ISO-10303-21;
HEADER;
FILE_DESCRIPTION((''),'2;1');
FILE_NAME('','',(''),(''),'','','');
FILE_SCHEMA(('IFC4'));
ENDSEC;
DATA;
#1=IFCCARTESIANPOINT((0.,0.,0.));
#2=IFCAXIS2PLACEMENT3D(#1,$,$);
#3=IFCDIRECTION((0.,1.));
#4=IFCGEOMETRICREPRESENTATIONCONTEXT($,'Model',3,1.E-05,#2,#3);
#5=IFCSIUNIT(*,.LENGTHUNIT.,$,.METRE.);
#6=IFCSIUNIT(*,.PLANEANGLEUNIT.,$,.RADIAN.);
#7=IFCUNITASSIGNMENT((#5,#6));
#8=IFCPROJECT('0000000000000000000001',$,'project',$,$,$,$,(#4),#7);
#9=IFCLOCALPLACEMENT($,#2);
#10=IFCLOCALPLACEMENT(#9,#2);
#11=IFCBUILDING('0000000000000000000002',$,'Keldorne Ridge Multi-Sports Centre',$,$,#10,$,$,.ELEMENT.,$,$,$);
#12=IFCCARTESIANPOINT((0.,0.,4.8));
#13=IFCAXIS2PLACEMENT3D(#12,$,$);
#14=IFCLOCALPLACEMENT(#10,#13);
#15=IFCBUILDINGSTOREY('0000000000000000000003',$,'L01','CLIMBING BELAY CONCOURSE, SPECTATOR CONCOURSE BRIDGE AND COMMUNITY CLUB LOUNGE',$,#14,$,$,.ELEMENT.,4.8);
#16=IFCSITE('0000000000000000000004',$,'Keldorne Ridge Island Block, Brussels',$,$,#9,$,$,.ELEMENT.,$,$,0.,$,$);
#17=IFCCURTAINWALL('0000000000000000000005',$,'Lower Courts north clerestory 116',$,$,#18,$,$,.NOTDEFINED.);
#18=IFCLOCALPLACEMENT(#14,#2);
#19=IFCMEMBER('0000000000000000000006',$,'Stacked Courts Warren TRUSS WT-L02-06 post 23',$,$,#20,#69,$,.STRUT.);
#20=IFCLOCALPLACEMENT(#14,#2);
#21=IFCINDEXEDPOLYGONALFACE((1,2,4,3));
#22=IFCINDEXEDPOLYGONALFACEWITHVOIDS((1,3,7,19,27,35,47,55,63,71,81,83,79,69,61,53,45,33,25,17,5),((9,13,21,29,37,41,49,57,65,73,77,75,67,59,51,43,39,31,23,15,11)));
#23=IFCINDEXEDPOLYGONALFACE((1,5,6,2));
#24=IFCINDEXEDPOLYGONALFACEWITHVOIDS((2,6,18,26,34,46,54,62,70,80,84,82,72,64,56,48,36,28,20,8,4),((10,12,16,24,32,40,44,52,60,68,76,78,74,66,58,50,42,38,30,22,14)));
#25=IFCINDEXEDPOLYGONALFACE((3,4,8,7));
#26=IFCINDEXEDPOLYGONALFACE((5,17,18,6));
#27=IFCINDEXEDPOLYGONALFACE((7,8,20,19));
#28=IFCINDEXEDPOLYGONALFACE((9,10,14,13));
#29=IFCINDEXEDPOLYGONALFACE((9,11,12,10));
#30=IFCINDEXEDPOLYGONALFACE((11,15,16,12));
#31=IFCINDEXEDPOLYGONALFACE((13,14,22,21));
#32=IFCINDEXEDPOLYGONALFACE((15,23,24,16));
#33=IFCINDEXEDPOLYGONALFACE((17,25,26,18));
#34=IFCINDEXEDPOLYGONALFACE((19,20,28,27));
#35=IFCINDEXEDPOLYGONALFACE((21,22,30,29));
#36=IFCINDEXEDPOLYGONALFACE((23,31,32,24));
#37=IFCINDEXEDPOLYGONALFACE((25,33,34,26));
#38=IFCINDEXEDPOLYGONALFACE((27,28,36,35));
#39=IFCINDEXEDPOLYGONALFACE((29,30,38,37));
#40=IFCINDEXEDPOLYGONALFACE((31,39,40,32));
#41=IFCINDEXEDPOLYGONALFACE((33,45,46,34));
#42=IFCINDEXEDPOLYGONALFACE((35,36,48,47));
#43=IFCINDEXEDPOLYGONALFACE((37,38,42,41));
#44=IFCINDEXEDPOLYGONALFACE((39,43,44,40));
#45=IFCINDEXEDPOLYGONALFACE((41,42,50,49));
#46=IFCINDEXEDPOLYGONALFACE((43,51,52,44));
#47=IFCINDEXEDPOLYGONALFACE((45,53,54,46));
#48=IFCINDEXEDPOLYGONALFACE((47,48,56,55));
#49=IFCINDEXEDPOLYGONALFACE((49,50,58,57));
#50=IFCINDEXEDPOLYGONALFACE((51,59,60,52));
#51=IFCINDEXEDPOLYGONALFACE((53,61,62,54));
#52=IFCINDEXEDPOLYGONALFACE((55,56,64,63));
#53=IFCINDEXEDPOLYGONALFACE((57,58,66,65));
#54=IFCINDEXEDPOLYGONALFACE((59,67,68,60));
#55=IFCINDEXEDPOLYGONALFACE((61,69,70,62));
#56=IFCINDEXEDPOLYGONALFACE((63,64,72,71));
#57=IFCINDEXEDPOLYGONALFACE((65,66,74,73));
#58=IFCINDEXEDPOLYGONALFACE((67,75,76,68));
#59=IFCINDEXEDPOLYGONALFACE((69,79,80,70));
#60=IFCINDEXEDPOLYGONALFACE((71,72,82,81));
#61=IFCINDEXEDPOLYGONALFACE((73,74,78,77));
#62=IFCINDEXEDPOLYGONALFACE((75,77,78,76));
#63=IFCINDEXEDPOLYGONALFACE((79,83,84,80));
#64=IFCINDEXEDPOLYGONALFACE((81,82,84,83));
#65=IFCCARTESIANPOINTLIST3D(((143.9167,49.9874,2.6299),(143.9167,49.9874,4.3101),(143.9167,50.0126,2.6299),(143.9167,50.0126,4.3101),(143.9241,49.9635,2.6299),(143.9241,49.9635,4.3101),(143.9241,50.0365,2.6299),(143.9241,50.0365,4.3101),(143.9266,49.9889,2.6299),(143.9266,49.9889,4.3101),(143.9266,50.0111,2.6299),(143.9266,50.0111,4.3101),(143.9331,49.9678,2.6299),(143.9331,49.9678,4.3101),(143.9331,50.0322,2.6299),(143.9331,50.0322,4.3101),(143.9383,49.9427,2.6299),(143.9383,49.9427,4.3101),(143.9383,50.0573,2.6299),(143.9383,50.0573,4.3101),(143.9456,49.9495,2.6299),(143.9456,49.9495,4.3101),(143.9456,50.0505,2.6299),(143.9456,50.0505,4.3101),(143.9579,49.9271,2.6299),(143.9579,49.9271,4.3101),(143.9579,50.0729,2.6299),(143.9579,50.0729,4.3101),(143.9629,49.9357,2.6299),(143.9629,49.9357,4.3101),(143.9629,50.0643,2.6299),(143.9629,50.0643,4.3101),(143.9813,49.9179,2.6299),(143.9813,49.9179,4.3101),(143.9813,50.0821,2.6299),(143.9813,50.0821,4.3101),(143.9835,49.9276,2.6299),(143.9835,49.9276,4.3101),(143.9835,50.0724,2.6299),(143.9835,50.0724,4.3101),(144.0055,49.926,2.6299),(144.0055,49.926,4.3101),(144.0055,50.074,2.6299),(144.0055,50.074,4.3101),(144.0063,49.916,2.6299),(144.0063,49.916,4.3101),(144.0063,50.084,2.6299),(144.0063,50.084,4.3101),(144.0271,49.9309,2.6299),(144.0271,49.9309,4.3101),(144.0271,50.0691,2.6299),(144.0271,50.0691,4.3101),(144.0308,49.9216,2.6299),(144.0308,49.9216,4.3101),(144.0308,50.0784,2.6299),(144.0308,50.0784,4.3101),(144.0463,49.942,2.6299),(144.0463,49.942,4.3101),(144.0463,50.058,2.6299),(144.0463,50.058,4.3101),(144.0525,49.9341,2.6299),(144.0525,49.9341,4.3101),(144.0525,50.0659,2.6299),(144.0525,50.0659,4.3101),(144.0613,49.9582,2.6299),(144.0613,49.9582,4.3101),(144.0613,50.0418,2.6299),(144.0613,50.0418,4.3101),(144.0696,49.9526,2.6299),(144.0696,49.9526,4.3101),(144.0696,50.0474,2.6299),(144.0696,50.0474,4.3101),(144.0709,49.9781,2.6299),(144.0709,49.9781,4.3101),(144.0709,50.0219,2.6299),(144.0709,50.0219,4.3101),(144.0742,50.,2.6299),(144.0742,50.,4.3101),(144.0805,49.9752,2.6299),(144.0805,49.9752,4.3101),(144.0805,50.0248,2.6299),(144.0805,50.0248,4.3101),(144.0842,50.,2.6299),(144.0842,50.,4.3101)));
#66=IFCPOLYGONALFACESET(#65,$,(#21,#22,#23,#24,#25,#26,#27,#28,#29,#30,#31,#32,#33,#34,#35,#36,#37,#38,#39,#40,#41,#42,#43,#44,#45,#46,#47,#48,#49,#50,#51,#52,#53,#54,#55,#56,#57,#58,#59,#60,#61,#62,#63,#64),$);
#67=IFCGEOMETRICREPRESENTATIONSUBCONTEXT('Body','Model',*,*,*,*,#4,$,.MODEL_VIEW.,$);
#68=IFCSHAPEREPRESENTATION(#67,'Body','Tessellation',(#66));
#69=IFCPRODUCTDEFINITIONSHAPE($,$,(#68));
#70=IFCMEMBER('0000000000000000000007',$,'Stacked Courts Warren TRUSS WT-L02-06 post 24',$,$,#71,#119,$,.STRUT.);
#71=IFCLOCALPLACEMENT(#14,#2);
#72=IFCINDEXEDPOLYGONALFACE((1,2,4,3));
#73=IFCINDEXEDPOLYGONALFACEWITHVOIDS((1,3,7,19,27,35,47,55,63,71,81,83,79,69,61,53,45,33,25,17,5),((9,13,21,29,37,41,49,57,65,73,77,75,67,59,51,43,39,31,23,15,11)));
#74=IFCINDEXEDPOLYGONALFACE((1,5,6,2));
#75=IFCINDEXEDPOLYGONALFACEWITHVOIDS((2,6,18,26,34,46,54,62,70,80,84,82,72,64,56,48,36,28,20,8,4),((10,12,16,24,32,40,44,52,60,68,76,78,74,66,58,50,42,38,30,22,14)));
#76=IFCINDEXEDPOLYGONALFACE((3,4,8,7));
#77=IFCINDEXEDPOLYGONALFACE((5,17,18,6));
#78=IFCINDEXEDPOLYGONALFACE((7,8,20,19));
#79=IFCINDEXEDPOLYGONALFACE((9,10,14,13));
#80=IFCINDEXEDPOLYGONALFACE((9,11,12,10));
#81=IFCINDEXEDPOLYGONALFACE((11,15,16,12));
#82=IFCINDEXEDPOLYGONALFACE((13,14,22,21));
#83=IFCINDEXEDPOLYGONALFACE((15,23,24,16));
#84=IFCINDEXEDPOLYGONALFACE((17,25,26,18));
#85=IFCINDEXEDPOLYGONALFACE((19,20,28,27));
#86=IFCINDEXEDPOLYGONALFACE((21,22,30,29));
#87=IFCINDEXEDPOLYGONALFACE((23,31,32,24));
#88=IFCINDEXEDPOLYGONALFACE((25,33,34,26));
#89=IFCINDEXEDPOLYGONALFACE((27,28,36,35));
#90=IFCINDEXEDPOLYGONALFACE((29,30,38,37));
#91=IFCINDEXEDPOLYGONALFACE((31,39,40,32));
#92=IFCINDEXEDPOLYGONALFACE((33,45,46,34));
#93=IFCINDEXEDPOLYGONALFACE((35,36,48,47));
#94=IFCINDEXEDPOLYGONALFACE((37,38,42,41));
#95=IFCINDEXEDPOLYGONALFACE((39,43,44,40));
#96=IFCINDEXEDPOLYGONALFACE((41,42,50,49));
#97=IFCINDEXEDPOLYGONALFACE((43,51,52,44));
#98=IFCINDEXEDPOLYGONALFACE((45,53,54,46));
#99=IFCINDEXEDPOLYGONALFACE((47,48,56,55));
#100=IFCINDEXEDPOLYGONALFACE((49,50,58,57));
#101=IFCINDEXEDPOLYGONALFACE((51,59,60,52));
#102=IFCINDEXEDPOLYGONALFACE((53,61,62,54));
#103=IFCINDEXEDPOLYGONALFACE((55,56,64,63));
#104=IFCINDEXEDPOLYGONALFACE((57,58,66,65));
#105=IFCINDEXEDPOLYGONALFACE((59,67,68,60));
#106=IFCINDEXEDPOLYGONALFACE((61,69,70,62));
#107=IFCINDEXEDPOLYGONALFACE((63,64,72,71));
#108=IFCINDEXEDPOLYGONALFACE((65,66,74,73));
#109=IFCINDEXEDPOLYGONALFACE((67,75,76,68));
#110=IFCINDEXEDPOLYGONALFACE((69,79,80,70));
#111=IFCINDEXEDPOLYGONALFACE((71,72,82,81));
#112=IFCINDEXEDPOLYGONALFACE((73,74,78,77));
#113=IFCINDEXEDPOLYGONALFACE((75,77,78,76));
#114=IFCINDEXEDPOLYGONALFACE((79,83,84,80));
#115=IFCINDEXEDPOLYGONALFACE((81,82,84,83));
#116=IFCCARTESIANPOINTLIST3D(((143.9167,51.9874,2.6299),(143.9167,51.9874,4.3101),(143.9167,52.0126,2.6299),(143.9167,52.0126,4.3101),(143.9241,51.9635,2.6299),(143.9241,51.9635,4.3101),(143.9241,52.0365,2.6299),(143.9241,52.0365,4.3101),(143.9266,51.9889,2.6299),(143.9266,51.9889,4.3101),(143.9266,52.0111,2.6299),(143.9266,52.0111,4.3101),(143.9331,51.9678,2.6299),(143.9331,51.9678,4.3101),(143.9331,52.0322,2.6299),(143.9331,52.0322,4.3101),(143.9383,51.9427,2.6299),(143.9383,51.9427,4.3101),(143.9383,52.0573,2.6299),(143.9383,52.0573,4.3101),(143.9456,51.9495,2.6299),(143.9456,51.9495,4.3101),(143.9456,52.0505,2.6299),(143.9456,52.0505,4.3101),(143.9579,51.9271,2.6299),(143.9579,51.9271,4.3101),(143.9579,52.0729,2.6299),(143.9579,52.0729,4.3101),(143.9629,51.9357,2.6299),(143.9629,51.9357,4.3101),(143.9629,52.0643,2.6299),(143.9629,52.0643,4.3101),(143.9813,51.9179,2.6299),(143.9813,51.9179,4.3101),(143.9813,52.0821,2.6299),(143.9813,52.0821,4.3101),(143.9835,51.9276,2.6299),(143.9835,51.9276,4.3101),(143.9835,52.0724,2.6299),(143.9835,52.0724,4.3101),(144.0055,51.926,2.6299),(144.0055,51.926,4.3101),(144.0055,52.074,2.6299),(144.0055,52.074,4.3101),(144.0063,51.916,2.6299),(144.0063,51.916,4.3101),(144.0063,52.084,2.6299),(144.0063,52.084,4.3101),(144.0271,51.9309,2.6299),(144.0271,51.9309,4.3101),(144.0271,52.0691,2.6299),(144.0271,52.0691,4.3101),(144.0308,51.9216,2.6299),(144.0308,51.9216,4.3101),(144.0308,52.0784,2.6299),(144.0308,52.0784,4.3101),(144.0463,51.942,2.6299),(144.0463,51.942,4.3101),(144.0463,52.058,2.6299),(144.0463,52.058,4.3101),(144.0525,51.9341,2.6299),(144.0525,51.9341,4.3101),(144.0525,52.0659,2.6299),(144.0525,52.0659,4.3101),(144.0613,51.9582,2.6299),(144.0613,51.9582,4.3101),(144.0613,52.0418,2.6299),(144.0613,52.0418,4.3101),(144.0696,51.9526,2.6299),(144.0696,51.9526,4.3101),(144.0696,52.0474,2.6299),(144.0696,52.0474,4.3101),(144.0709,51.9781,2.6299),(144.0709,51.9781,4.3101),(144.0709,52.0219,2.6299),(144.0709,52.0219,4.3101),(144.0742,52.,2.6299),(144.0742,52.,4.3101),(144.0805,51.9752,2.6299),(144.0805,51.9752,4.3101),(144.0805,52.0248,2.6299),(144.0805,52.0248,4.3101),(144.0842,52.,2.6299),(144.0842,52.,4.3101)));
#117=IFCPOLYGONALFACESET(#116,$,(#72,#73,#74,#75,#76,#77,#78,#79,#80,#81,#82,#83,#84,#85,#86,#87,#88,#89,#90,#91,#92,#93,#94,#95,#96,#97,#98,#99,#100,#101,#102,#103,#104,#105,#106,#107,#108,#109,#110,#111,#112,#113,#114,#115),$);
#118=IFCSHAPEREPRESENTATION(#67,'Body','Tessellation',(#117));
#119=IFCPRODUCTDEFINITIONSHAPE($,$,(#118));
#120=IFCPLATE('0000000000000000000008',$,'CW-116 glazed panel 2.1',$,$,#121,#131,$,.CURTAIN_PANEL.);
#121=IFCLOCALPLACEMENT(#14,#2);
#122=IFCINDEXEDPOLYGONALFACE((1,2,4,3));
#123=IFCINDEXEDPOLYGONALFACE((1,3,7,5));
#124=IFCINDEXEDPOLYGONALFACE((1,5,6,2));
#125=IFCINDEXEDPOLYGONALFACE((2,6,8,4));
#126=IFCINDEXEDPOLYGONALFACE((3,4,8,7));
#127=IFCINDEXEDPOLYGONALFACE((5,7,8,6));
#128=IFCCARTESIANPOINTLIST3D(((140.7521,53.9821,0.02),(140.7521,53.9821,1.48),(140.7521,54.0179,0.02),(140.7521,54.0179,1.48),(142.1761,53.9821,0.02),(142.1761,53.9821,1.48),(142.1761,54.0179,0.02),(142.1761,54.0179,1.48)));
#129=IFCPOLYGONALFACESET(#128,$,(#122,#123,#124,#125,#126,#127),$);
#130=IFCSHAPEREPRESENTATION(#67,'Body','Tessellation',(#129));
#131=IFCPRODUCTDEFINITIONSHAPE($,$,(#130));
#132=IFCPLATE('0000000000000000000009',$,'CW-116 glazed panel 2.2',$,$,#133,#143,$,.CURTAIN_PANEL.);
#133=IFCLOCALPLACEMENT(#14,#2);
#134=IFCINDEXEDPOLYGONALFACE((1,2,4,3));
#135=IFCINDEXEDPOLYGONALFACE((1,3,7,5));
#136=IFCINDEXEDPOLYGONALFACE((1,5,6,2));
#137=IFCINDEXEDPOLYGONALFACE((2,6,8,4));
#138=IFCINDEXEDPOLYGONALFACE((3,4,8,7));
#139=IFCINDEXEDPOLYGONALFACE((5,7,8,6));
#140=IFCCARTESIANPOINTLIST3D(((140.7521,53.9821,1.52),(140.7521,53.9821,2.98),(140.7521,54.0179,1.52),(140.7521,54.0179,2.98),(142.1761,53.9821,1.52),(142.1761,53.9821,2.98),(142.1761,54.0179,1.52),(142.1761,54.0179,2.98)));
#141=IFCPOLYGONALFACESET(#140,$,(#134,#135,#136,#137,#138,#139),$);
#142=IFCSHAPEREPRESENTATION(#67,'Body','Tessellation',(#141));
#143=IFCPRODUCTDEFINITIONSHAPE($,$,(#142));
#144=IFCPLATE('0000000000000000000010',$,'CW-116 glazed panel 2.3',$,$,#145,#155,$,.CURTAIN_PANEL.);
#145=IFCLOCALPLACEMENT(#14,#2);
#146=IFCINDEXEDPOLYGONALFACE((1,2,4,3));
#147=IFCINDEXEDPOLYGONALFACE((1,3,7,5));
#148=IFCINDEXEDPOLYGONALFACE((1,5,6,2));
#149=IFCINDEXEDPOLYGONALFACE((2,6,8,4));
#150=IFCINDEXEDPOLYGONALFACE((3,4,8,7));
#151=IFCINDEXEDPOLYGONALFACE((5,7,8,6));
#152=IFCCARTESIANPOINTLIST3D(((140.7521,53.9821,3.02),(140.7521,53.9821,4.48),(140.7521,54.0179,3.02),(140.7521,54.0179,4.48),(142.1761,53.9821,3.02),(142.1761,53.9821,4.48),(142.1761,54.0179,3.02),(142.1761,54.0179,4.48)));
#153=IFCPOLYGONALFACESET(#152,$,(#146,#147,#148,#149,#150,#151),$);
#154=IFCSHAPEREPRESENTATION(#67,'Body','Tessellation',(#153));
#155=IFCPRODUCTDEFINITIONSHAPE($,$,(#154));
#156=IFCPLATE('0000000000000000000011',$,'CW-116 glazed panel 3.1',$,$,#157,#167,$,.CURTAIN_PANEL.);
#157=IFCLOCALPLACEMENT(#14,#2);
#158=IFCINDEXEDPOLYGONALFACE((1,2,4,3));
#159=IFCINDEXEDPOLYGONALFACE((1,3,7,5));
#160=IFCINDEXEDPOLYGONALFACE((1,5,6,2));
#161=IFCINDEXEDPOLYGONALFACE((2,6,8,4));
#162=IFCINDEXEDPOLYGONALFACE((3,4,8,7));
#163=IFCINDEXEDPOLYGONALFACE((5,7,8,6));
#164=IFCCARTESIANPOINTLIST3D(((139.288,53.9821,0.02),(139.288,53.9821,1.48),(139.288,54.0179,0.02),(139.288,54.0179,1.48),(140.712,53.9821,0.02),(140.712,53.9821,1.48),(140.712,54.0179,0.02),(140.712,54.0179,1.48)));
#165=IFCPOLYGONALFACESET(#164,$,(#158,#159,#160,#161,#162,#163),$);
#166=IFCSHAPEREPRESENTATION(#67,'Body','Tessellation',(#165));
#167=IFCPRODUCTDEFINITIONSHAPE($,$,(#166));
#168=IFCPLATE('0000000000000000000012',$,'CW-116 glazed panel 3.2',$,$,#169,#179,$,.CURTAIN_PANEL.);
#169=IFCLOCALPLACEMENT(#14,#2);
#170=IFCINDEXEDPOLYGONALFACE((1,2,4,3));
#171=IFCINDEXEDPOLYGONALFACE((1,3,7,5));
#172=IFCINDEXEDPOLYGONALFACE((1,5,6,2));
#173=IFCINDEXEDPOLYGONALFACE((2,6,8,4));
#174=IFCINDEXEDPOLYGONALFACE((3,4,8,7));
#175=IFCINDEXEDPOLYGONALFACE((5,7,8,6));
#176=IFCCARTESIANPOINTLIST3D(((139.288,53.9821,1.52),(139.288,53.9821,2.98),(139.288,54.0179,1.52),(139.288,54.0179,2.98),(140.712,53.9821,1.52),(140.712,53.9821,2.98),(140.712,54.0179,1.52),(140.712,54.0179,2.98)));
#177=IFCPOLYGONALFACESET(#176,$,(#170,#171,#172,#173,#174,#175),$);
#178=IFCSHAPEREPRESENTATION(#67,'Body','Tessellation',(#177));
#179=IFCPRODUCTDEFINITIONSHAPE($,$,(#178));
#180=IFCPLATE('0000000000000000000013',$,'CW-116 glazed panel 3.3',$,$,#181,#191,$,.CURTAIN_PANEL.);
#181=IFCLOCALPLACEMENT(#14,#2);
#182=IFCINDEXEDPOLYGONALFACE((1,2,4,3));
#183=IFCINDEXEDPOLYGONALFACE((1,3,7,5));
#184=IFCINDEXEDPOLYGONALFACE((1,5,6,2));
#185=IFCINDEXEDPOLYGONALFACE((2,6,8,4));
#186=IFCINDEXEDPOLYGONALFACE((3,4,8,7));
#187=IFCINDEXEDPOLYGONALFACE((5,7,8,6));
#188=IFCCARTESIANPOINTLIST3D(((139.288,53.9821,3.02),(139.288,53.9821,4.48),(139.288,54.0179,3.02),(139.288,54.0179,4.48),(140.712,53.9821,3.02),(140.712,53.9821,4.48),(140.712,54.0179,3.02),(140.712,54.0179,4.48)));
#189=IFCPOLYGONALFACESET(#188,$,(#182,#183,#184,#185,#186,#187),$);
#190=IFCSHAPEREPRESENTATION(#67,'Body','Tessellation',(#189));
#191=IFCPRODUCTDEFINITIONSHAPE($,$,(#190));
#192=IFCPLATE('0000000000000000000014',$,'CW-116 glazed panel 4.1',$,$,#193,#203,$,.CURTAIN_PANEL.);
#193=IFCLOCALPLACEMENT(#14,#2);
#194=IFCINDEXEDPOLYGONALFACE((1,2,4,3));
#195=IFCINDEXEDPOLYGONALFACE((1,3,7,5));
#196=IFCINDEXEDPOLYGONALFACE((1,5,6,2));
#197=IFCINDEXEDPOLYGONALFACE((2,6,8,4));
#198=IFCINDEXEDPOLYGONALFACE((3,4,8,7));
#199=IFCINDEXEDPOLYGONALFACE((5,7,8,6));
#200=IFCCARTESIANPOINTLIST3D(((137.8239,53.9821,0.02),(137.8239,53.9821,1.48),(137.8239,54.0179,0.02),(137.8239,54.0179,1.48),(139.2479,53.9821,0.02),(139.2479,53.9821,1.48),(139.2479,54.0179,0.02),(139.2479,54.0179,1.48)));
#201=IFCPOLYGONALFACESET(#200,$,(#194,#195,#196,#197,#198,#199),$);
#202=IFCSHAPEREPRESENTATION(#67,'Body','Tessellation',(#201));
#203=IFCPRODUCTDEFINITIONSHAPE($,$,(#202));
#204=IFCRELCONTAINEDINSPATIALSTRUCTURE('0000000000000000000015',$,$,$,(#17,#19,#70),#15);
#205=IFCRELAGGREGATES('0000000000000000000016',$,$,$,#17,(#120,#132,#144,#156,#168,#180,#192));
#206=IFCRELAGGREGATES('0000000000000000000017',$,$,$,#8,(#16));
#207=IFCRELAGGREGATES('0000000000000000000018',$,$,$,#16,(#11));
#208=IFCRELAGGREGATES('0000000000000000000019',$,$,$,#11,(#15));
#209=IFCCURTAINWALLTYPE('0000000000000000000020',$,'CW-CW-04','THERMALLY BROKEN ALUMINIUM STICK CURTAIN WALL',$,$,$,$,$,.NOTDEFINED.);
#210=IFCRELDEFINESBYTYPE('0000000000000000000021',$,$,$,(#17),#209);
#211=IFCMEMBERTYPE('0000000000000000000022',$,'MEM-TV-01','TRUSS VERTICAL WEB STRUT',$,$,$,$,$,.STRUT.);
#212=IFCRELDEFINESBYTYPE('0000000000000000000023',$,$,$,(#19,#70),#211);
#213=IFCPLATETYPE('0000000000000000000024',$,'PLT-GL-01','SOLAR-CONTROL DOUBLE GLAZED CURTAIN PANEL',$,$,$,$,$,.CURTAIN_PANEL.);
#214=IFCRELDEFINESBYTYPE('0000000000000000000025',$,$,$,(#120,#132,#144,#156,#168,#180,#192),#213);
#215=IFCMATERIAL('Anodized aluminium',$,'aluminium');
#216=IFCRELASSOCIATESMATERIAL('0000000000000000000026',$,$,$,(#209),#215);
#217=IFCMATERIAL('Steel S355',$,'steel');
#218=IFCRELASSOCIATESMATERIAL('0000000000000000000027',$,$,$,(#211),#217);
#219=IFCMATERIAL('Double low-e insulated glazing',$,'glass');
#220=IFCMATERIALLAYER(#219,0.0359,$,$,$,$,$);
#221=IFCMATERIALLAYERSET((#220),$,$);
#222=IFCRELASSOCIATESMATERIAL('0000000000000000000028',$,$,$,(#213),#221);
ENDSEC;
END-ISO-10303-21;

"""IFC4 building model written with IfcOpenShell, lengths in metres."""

from ifc_helpers import new_model, si_unit, direction, frame, origin, origin_2d, place, context, subcontext, project, spatial, rectangle, hollow_circle, extrude, material, layer, layer_set, material_profile, profile_set, type_object, element, aggregate, save


model = new_model("IFC4")

# Units and contexts
model_context = context("Model", 3, precision=1e-05, world=origin(), true_north=direction((0.0, 1.0)))
body_context = subcontext(model_context, "Body", "Model", "MODEL_VIEW")
ifc_project = project(units=[si_unit("LENGTHUNIT", "METRE"), si_unit("PLANEANGLEUNIT", "RADIAN")], contexts=[model_context])

# Site, building, storey
site_placement = place(None, origin())
site = spatial("IfcSite", under=ifc_project, at=site_placement, Name="Keldorne Ridge Island Block, Brussels", CompositionType="ELEMENT", RefElevation=0.0)
building_placement = place(site_placement, origin())
building = spatial("IfcBuilding", under=site, at=building_placement, Name="Keldorne Ridge Multi-Sports Centre", CompositionType="ELEMENT")
storey_placement = place(building_placement, frame((0.0, 0.0, 4.8)))
storey = spatial("IfcBuildingStorey", under=building, at=storey_placement, Name="L01", Description="CLIMBING BELAY CONCOURSE, SPECTATOR CONCOURSE BRIDGE AND COMMUNITY CLUB LOUNGE", CompositionType="ELEMENT", Elevation=4.8)

# Curtain wall
ifc_material_1 = material(Name="Anodized aluminium", Category="aluminium")
curtain_wall_type = type_object("IfcCurtainWallType", Name="CW-CW-04", Description="THERMALLY BROKEN ALUMINIUM STICK CURTAIN WALL", PredefinedType="NOTDEFINED", material=ifc_material_1)
curtain_wall_placement = place(storey_placement, origin())
curtain_wall = element("IfcCurtainWall", 1, at=curtain_wall_placement, inside=storey, type_object=curtain_wall_type, Name="Lower Courts north clerestory 116", PredefinedType="NOTDEFINED")

# Shared definitions
ifc_material_2 = material(Name="Steel S355", Category="steel")

# Members
ifc_material_profile_1 = material_profile(ifc_material_2, hollow_circle(Radius=0.0842, WallThickness=0.01, at=origin_2d()), Name="CHS 168.3x10")
ifc_profile_set_1 = profile_set([ifc_material_profile_1], Name="Steel S355")
member_type_1 = type_object("IfcMemberType", Name="MEM-TV-01", Description="TRUSS VERTICAL WEB STRUT", PredefinedType="STRUT", material=ifc_profile_set_1)
for number, where, z_axis, x_axis, name in (
    (2, (144.0, 50.0, 2.6299), (0.0, 0.0, 1.0), (1.0, 0.0, 0.0), "Stacked Courts Warren TRUSS WT-L02-06 post 23"),
    (3, (144.0, 52.0, 2.6299), (0.0, 0.0, 1.0), (1.0, 0.0, 0.0), "Stacked Courts Warren TRUSS WT-L02-06 post 24"),
):
    element("IfcMember", number, at=place(storey_placement, frame(where, z_axis=z_axis, x_axis=x_axis)), inside=storey, type_object=member_type_1, Name=name, PredefinedType="STRUT", context=body_context, shape_type="SweptSolid", body=[
        extrude(hollow_circle(Radius=0.0842, WallThickness=0.01, at=origin_2d()), origin(), (0.0, 0.0, 1.0), 1.6802),
    ])

# Plates
ifc_material_3 = material(Name="Double low-e insulated glazing", Category="glass")
ifc_layer = layer(ifc_material_3, 0.0359)
ifc_layer_set = layer_set([ifc_layer])
plate_type = type_object("IfcPlateType", Name="PLT-GL-01", Description="SOLAR-CONTROL DOUBLE GLAZED CURTAIN PANEL", PredefinedType="CURTAIN_PANEL", material=ifc_layer_set)
plate_1_placement = place(storey_placement, frame((141.4641, 54.0, 0.02), z_axis=(0.0, 0.0, 1.0), x_axis=(-1.0, 0.0, 0.0)))
plate_1 = element("IfcPlate", 4, at=plate_1_placement, type_object=plate_type, Name="CW-116 glazed panel 2.1", PredefinedType="CURTAIN_PANEL", context=body_context, shape_type="SweptSolid", body=[
    extrude(rectangle(XDim=1.4241, YDim=0.0359, at=origin_2d()), origin(), (0.0, 0.0, 1.0), 1.46),
])
plate_2_placement = place(storey_placement, frame((141.4641, 54.0, 1.52), z_axis=(0.0, 0.0, 1.0), x_axis=(-1.0, 0.0, 0.0)))
plate_2 = element("IfcPlate", 5, at=plate_2_placement, type_object=plate_type, Name="CW-116 glazed panel 2.2", PredefinedType="CURTAIN_PANEL", context=body_context, shape_type="SweptSolid", body=[
    extrude(rectangle(XDim=1.4241, YDim=0.0359, at=origin_2d()), origin(), (0.0, 0.0, 1.0), 1.46),
])
plate_3_placement = place(storey_placement, frame((141.4641, 54.0, 3.02), z_axis=(0.0, 0.0, 1.0), x_axis=(-1.0, 0.0, 0.0)))
plate_3 = element("IfcPlate", 6, at=plate_3_placement, type_object=plate_type, Name="CW-116 glazed panel 2.3", PredefinedType="CURTAIN_PANEL", context=body_context, shape_type="SweptSolid", body=[
    extrude(rectangle(XDim=1.4241, YDim=0.0359, at=origin_2d()), origin(), (0.0, 0.0, 1.0), 1.46),
])
plate_4_placement = place(storey_placement, frame((140.0, 54.0, 0.02), z_axis=(0.0, 0.0, 1.0), x_axis=(-1.0, 0.0, 0.0)))
plate_4 = element("IfcPlate", 7, at=plate_4_placement, type_object=plate_type, Name="CW-116 glazed panel 3.1", PredefinedType="CURTAIN_PANEL", context=body_context, shape_type="SweptSolid", body=[
    extrude(rectangle(XDim=1.4241, YDim=0.0359, at=origin_2d()), origin(), (0.0, 0.0, 1.0), 1.46),
])
plate_5_placement = place(storey_placement, frame((140.0, 54.0, 1.52), z_axis=(0.0, 0.0, 1.0), x_axis=(-1.0, 0.0, 0.0)))
plate_5 = element("IfcPlate", 8, at=plate_5_placement, type_object=plate_type, Name="CW-116 glazed panel 3.2", PredefinedType="CURTAIN_PANEL", context=body_context, shape_type="SweptSolid", body=[
    extrude(rectangle(XDim=1.4241, YDim=0.0359, at=origin_2d()), origin(), (0.0, 0.0, 1.0), 1.46),
])
plate_6_placement = place(storey_placement, frame((140.0, 54.0, 3.02), z_axis=(0.0, 0.0, 1.0), x_axis=(-1.0, 0.0, 0.0)))
plate_6 = element("IfcPlate", 9, at=plate_6_placement, type_object=plate_type, Name="CW-116 glazed panel 3.3", PredefinedType="CURTAIN_PANEL", context=body_context, shape_type="SweptSolid", body=[
    extrude(rectangle(XDim=1.4241, YDim=0.0359, at=origin_2d()), origin(), (0.0, 0.0, 1.0), 1.46),
])
plate_7_placement = place(storey_placement, frame((138.5359, 54.0, 0.02), z_axis=(0.0, 0.0, 1.0), x_axis=(-1.0, 0.0, 0.0)))
plate_7 = element("IfcPlate", 10, at=plate_7_placement, type_object=plate_type, Name="CW-116 glazed panel 4.1", PredefinedType="CURTAIN_PANEL", context=body_context, shape_type="SweptSolid", body=[
    extrude(rectangle(XDim=1.4241, YDim=0.0359, at=origin_2d()), origin(), (0.0, 0.0, 1.0), 1.46),
])
aggregate(curtain_wall, [plate_1, plate_2, plate_3, plate_4, plate_5, plate_6, plate_7])

save(model, "model.ifc")
